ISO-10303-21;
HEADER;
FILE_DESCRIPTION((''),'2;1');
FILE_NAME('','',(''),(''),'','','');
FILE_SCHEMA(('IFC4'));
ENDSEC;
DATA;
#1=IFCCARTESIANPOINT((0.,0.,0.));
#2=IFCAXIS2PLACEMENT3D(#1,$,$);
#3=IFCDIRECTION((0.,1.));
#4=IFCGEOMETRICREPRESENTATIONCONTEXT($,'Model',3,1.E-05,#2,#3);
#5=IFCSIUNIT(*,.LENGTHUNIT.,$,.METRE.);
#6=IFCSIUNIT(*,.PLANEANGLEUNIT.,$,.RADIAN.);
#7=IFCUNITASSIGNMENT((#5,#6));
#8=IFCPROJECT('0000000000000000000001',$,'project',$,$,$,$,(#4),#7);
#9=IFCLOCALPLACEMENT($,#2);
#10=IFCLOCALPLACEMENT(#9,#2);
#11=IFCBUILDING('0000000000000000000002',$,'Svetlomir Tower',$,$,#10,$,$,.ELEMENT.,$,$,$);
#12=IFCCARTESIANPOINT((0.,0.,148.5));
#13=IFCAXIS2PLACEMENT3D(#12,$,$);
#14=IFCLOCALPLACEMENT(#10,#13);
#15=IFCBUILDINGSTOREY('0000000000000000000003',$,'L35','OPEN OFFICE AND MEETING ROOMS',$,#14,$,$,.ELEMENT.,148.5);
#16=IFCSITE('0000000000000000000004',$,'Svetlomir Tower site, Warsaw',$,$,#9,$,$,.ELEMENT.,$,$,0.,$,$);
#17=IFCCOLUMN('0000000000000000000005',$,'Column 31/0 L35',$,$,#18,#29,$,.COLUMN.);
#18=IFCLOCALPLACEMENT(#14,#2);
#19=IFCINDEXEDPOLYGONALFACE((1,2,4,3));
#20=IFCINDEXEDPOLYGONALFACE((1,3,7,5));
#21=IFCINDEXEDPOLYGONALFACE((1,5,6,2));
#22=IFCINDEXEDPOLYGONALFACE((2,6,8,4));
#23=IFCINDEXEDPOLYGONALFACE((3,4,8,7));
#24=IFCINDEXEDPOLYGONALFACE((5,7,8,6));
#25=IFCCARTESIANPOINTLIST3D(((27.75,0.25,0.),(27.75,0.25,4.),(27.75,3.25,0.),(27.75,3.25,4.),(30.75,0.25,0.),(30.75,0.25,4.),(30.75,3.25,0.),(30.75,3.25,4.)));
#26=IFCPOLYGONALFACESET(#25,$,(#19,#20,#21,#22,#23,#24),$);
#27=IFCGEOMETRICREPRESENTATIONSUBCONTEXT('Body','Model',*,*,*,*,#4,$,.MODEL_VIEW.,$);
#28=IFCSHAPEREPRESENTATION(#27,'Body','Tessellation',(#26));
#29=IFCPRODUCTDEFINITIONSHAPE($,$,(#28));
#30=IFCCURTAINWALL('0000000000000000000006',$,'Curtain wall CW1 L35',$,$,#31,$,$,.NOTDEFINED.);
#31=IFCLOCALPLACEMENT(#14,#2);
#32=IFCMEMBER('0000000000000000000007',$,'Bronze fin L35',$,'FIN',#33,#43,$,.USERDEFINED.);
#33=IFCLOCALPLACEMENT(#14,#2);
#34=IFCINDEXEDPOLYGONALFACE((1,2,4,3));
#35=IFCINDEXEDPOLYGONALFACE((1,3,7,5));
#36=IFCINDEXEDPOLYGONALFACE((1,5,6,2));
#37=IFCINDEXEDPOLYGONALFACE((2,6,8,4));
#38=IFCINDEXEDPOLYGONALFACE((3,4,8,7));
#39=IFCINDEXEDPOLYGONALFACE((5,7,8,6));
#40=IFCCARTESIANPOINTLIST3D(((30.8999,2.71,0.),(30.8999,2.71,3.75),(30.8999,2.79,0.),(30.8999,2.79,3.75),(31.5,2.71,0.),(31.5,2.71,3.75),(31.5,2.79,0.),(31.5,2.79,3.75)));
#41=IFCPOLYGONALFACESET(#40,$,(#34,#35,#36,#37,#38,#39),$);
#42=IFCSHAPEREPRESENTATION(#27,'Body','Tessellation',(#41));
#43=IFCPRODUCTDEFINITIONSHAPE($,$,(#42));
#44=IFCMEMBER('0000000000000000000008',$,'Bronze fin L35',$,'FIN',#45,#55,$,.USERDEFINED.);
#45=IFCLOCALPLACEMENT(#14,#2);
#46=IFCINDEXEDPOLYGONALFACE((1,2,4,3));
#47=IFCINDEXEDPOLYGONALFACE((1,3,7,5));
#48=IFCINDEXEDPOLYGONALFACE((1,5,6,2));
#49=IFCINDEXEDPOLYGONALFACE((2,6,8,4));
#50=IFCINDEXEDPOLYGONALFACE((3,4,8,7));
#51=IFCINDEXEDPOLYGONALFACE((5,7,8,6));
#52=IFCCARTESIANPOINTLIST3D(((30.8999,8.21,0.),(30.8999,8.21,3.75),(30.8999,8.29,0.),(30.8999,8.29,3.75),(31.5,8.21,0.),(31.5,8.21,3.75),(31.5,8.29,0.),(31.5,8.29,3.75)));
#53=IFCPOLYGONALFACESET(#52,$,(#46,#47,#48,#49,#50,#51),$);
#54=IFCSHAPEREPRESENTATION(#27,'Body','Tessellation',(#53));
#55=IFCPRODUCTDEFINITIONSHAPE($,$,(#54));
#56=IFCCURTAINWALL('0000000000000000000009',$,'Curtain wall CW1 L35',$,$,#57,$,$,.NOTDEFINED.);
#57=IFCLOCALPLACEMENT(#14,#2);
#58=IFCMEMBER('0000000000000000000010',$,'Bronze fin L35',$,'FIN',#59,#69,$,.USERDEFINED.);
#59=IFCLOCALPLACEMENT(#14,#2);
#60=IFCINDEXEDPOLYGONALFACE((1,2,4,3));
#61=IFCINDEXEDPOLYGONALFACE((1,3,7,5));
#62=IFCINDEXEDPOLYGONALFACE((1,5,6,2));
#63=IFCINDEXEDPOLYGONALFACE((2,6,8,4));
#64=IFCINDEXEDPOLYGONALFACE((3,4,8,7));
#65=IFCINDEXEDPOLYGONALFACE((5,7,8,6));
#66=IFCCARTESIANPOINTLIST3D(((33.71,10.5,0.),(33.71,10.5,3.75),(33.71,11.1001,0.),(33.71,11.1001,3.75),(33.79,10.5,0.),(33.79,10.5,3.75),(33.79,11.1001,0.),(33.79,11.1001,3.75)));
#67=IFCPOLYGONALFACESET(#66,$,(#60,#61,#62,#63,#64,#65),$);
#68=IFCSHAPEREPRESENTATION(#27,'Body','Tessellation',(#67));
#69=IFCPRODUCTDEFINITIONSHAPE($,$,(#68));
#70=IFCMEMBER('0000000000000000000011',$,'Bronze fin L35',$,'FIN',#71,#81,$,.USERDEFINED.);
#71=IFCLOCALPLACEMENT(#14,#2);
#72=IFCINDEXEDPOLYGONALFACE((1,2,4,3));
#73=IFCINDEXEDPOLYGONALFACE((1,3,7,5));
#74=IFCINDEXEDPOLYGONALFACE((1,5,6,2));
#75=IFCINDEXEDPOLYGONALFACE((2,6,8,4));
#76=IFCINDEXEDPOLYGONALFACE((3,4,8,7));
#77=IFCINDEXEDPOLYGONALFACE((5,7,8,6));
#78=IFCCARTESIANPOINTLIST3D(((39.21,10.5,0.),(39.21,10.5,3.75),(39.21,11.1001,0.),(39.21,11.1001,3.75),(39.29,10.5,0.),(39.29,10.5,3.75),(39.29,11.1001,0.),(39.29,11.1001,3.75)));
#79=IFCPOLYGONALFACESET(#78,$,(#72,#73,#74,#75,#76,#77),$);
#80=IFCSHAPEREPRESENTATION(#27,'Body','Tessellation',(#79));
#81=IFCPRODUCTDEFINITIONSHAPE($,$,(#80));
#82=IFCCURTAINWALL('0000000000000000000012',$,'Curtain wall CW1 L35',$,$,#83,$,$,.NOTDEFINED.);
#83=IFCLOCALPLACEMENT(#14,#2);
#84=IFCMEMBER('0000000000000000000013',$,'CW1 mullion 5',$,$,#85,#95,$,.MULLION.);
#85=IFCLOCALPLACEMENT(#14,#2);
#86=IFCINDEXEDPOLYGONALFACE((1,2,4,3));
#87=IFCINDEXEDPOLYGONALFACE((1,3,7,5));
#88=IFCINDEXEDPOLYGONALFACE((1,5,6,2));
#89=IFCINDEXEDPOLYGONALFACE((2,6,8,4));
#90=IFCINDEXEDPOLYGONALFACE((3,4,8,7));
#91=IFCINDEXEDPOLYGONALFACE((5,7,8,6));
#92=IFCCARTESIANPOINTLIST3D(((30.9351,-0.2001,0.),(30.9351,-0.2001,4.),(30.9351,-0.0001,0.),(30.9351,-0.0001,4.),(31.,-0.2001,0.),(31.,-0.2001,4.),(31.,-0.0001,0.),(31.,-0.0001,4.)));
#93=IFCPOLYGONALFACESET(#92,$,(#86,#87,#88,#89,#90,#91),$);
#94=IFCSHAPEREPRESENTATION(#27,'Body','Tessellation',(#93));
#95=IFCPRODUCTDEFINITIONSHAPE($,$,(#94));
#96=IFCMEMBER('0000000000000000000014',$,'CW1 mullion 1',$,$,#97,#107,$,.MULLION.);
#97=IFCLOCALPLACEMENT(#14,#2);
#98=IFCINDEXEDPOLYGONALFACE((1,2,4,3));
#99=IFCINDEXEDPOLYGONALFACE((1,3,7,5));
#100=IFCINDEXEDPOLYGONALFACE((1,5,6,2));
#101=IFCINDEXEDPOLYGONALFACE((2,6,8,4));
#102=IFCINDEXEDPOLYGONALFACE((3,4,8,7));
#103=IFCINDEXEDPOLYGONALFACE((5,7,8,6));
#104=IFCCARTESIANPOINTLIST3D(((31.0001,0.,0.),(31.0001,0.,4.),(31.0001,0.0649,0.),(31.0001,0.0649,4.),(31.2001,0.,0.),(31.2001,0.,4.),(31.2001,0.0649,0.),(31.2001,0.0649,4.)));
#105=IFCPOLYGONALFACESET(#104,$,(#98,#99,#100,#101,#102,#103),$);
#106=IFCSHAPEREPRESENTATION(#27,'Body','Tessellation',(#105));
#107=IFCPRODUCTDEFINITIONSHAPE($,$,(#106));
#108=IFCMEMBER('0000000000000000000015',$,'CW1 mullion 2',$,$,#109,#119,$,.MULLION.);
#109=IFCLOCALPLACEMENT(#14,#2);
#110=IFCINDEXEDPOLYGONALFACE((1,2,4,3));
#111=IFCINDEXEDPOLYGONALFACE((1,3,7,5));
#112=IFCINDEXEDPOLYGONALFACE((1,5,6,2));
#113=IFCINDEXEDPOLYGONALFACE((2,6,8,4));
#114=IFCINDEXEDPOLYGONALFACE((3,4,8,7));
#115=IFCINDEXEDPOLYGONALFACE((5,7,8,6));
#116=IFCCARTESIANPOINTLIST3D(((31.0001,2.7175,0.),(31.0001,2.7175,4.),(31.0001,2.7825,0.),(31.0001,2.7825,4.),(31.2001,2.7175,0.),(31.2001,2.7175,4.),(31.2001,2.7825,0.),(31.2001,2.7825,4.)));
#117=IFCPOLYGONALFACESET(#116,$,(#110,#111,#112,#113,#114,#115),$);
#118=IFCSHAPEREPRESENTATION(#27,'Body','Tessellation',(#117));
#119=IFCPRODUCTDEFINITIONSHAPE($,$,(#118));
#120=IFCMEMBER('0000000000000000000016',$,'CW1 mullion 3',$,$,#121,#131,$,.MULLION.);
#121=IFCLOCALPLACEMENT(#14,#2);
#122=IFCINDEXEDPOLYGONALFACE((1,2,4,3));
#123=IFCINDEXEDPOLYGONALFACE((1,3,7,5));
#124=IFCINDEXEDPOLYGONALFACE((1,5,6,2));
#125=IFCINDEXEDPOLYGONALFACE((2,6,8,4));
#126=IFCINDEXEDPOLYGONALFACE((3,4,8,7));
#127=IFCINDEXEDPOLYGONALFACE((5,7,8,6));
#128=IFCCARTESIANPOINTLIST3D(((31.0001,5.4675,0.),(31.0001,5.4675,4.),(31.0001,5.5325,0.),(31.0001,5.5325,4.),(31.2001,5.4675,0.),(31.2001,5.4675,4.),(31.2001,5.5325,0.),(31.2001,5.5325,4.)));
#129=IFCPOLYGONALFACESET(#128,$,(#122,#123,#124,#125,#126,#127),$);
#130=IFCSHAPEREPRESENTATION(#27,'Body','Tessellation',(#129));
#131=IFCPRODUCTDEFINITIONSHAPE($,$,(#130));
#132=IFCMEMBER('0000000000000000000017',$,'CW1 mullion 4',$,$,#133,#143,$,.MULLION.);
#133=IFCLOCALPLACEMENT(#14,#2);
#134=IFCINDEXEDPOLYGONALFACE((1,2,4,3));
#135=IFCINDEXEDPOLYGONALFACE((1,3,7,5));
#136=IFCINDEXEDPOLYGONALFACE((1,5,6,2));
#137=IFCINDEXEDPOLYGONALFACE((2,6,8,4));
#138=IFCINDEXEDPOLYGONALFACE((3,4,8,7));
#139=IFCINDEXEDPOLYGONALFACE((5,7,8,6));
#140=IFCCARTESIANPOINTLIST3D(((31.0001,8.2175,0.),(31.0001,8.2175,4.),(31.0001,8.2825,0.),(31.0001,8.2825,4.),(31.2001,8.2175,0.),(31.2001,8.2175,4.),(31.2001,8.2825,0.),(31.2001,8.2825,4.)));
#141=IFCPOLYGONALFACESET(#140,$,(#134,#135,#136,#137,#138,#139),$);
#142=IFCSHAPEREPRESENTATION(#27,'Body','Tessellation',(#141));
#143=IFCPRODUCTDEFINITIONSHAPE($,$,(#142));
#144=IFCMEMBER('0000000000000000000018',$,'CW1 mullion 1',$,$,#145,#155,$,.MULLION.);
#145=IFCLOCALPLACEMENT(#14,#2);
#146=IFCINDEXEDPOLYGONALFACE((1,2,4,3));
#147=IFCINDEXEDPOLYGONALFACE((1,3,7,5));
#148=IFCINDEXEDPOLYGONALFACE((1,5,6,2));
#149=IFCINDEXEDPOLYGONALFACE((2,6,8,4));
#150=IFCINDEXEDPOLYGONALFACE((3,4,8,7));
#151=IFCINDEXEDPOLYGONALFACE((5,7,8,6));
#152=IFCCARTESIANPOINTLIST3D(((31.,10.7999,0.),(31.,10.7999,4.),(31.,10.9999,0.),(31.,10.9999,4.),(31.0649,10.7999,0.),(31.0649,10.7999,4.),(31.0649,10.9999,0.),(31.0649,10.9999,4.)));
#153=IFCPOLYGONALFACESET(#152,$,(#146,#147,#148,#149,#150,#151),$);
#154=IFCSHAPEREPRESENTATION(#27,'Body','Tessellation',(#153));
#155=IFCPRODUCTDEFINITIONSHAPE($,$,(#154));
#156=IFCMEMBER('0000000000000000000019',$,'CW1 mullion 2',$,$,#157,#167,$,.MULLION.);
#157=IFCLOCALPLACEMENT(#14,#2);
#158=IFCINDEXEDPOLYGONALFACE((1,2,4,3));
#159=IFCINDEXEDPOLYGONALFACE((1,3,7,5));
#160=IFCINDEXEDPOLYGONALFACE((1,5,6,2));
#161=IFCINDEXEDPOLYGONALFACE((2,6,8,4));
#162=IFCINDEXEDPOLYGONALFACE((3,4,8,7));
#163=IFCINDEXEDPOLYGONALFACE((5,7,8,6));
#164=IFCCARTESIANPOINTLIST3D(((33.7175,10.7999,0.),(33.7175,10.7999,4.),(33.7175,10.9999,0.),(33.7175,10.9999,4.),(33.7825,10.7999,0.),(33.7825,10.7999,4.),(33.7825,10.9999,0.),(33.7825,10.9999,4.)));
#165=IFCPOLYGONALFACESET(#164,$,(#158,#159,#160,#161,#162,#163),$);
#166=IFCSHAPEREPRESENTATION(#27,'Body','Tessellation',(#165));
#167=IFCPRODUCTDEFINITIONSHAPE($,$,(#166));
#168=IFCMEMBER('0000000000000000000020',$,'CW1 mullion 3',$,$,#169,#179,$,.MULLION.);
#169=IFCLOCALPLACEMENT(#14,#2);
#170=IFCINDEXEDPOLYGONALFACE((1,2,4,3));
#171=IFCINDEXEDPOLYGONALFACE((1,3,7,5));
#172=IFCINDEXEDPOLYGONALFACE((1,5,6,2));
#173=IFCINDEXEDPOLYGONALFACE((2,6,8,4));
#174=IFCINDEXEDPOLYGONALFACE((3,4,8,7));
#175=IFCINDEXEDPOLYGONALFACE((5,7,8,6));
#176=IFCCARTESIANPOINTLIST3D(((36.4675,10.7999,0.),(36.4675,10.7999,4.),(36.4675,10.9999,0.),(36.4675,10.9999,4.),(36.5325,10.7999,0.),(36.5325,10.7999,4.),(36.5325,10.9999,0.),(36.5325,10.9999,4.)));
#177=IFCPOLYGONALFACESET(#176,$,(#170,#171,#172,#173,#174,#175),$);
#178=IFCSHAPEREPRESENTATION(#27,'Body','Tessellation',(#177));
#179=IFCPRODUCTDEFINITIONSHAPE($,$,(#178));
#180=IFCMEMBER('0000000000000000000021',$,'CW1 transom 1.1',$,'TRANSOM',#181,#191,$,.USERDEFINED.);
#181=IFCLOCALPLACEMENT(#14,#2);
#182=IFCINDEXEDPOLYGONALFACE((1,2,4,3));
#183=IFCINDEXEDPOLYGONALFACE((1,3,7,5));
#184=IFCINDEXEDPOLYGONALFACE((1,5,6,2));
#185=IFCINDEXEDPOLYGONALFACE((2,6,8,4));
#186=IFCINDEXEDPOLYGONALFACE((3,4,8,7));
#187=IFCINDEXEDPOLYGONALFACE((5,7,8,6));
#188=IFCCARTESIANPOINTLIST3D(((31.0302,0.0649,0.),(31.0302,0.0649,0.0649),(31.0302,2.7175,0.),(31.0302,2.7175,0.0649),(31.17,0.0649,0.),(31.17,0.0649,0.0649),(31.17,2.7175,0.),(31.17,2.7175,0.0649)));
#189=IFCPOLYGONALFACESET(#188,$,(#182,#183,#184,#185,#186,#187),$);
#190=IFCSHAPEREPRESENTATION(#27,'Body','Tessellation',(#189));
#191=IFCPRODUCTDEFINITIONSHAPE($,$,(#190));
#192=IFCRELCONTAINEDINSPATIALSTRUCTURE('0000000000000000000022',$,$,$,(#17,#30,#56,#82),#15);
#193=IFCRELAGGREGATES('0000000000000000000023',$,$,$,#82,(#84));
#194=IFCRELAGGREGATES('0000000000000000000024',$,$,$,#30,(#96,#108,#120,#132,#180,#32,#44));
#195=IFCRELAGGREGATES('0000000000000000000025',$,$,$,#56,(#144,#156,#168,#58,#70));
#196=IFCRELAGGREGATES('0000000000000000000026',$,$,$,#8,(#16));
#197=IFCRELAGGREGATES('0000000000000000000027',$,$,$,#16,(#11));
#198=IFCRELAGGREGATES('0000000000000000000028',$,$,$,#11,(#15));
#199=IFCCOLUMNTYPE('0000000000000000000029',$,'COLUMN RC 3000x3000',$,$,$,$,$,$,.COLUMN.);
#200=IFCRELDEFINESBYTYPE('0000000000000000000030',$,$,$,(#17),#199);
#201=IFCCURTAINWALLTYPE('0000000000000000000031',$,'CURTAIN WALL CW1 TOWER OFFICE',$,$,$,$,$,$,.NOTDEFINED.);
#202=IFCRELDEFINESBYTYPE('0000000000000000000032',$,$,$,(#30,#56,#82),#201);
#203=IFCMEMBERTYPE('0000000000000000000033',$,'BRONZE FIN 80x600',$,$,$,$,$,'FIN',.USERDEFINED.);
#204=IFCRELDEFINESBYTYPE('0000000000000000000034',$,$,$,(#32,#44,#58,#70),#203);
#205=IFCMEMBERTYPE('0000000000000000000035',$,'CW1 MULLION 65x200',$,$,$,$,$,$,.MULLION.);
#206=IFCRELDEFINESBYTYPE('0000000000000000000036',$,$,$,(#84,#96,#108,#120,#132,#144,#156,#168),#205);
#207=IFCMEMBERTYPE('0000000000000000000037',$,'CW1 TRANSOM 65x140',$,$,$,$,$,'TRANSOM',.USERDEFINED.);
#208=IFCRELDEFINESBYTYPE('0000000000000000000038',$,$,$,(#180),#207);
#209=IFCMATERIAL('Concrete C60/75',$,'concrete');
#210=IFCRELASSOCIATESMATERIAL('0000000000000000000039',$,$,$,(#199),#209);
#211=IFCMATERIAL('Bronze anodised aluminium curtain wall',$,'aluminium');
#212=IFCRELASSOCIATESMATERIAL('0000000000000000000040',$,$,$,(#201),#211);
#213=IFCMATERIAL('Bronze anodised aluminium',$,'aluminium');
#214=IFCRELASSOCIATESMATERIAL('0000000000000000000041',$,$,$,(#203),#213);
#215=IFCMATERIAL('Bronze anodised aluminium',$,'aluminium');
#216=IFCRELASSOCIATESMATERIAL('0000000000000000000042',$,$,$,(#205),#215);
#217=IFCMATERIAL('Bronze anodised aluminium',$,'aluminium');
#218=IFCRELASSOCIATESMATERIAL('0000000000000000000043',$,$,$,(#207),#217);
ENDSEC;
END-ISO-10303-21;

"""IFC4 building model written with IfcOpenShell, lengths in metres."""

from ifc_helpers import new_model, si_unit, direction, frame, origin, origin_2d, place, context, subcontext, project, spatial, rectangle, extrude, material, material_profile, profile_set, type_object, element, aggregate, save


model = new_model("IFC4")

# Units and contexts
model_context = context("Model", 3, precision=1e-05, world=origin(), true_north=direction((0.0, 1.0)))
body_context = subcontext(model_context, "Body", "Model", "MODEL_VIEW")
ifc_project = project(units=[si_unit("LENGTHUNIT", "METRE"), si_unit("PLANEANGLEUNIT", "RADIAN")], contexts=[model_context])

# Site, building, storey
site_placement = place(None, origin())
site = spatial("IfcSite", under=ifc_project, at=site_placement, Name="Svetlomir Tower site, Warsaw", CompositionType="ELEMENT", RefElevation=0.0)
building_placement = place(site_placement, origin())
building = spatial("IfcBuilding", under=site, at=building_placement, Name="Svetlomir Tower", CompositionType="ELEMENT")
storey_placement = place(building_placement, frame((0.0, 0.0, 148.5)))
storey = spatial("IfcBuildingStorey", under=building, at=storey_placement, Name="L35", Description="OPEN OFFICE AND MEETING ROOMS", CompositionType="ELEMENT", Elevation=148.5)

# Column
ifc_material_1 = material(Name="Concrete C60/75", Category="concrete")
ifc_material_profile_1 = material_profile(ifc_material_1, rectangle(XDim=3.0, YDim=3.0, at=origin_2d()), Name="RC 3000x3000")
ifc_profile_set_1 = profile_set([ifc_material_profile_1], Name="Concrete C60/75")
column_type = type_object("IfcColumnType", Name="COLUMN RC 3000x3000", PredefinedType="COLUMN", material=ifc_profile_set_1)
column_placement = place(storey_placement, frame((29.25, 1.75, 0.0), z_axis=(0.0, 0.0, 1.0), x_axis=(1.0, 0.0, 0.0)))
element("IfcColumn", 1, at=column_placement, inside=storey, type_object=column_type, Name="Column 31/0 L35", PredefinedType="COLUMN", context=body_context, shape_type="SweptSolid", body=[
    extrude(rectangle(XDim=3.0, YDim=3.0, at=origin_2d()), origin(), (0.0, 0.0, 1.0), 4.0),
])

# Curtain walls, members
ifc_material_2 = material(Name="Bronze anodised aluminium curtain wall", Category="aluminium")
curtain_wall_type = type_object("IfcCurtainWallType", Name="CURTAIN WALL CW1 TOWER OFFICE", PredefinedType="NOTDEFINED", material=ifc_material_2)
curtain_wall_1_placement = place(storey_placement, origin())
curtain_wall_1 = element("IfcCurtainWall", 2, at=curtain_wall_1_placement, inside=storey, type_object=curtain_wall_type, Name="Curtain wall CW1 L35", PredefinedType="NOTDEFINED")
ifc_material_3 = material(Name="Bronze anodised aluminium", Category="aluminium")
ifc_material_profile_2 = material_profile(ifc_material_3, rectangle(XDim=0.0801, YDim=0.6001, at=origin_2d()), Name="FIN 80x600")
ifc_profile_set_2 = profile_set([ifc_material_profile_2], Name="Bronze anodised aluminium 6063-T6")
member_type_1 = type_object("IfcMemberType", Name="BRONZE FIN 80x600", ElementType="FIN", PredefinedType="USERDEFINED", material=ifc_profile_set_2)
member_1_placement = place(storey_placement, frame((31.2, 2.75, 0.0), z_axis=(0.0, 0.0, 1.0), x_axis=(0.0, 1.0, 0.0)))
member_1 = element("IfcMember", 3, at=member_1_placement, type_object=member_type_1, Name="Bronze fin L35", ObjectType="FIN", PredefinedType="USERDEFINED", context=body_context, shape_type="SweptSolid", body=[
    extrude(rectangle(XDim=0.0801, YDim=0.6001, at=origin_2d()), origin(), (0.0, 0.0, 1.0), 3.75),
])
member_2_placement = place(storey_placement, frame((31.2, 8.25, 0.0), z_axis=(0.0, 0.0, 1.0), x_axis=(0.0, 1.0, 0.0)))
member_2 = element("IfcMember", 4, at=member_2_placement, type_object=member_type_1, Name="Bronze fin L35", ObjectType="FIN", PredefinedType="USERDEFINED", context=body_context, shape_type="SweptSolid", body=[
    extrude(rectangle(XDim=0.0801, YDim=0.6001, at=origin_2d()), origin(), (0.0, 0.0, 1.0), 3.75),
])
curtain_wall_2_placement = place(storey_placement, origin())
curtain_wall_2 = element("IfcCurtainWall", 5, at=curtain_wall_2_placement, inside=storey, type_object=curtain_wall_type, Name="Curtain wall CW1 L35", PredefinedType="NOTDEFINED")
member_3_placement = place(storey_placement, frame((33.75, 10.8, 0.0), z_axis=(0.0, 0.0, 1.0), x_axis=(1.0, 0.0, 0.0)))
member_3 = element("IfcMember", 6, at=member_3_placement, type_object=member_type_1, Name="Bronze fin L35", ObjectType="FIN", PredefinedType="USERDEFINED", context=body_context, shape_type="SweptSolid", body=[
    extrude(rectangle(XDim=0.0801, YDim=0.6001, at=origin_2d()), origin(), (0.0, 0.0, 1.0), 3.75),
])
member_4_placement = place(storey_placement, frame((39.25, 10.8, 0.0), z_axis=(0.0, 0.0, 1.0), x_axis=(1.0, 0.0, 0.0)))
member_4 = element("IfcMember", 7, at=member_4_placement, type_object=member_type_1, Name="Bronze fin L35", ObjectType="FIN", PredefinedType="USERDEFINED", context=body_context, shape_type="SweptSolid", body=[
    extrude(rectangle(XDim=0.0801, YDim=0.6001, at=origin_2d()), origin(), (0.0, 0.0, 1.0), 3.75),
])

# Curtain wall, member
curtain_wall_3_placement = place(storey_placement, origin())
curtain_wall_3 = element("IfcCurtainWall", 8, at=curtain_wall_3_placement, inside=storey, type_object=curtain_wall_type, Name="Curtain wall CW1 L35", PredefinedType="NOTDEFINED")
ifc_material_4 = material(Name="Bronze anodised aluminium", Category="aluminium")
ifc_material_profile_3 = material_profile(ifc_material_4, rectangle(XDim=0.0649, YDim=0.2, at=origin_2d()), Name="AL 65x200")
ifc_profile_set_3 = profile_set([ifc_material_profile_3], Name="Bronze anodised aluminium 6063-T6")
member_type_2 = type_object("IfcMemberType", Name="CW1 MULLION 65x200", PredefinedType="MULLION", material=ifc_profile_set_3)
member_5_placement = place(storey_placement, frame((30.9675, -0.1001, 0.0), z_axis=(0.0, 0.0, 1.0), x_axis=(1.0, 0.0, 0.0)))
member_5 = element("IfcMember", 9, at=member_5_placement, type_object=member_type_2, Name="CW1 mullion 5", PredefinedType="MULLION", context=body_context, shape_type="SweptSolid", body=[
    extrude(rectangle(XDim=0.0649, YDim=0.2, at=origin_2d()), origin(), (0.0, 0.0, 1.0), 4.0),
])

# Members
member_6_placement = place(storey_placement, frame((31.1001, 0.0325, 0.0), z_axis=(0.0, 0.0, 1.0), x_axis=(0.0, 1.0, 0.0)))
member_6 = element("IfcMember", 10, at=member_6_placement, type_object=member_type_2, Name="CW1 mullion 1", PredefinedType="MULLION", context=body_context, shape_type="SweptSolid", body=[
    extrude(rectangle(XDim=0.0649, YDim=0.2, at=origin_2d()), origin(), (0.0, 0.0, 1.0), 4.0),
])
member_7_placement = place(storey_placement, frame((31.1001, 2.75, 0.0), z_axis=(0.0, 0.0, 1.0), x_axis=(0.0, 1.0, 0.0)))
member_7 = element("IfcMember", 11, at=member_7_placement, type_object=member_type_2, Name="CW1 mullion 2", PredefinedType="MULLION", context=body_context, shape_type="SweptSolid", body=[
    extrude(rectangle(XDim=0.0649, YDim=0.2, at=origin_2d()), origin(), (0.0, 0.0, 1.0), 4.0),
])
member_8_placement = place(storey_placement, frame((31.1001, 5.5, 0.0), z_axis=(0.0, 0.0, 1.0), x_axis=(0.0, 1.0, 0.0)))
member_8 = element("IfcMember", 12, at=member_8_placement, type_object=member_type_2, Name="CW1 mullion 3", PredefinedType="MULLION", context=body_context, shape_type="SweptSolid", body=[
    extrude(rectangle(XDim=0.0649, YDim=0.2, at=origin_2d()), origin(), (0.0, 0.0, 1.0), 4.0),
])
member_9_placement = place(storey_placement, frame((31.1001, 8.25, 0.0), z_axis=(0.0, 0.0, 1.0), x_axis=(0.0, 1.0, 0.0)))
member_9 = element("IfcMember", 13, at=member_9_placement, type_object=member_type_2, Name="CW1 mullion 4", PredefinedType="MULLION", context=body_context, shape_type="SweptSolid", body=[
    extrude(rectangle(XDim=0.0649, YDim=0.2, at=origin_2d()), origin(), (0.0, 0.0, 1.0), 4.0),
])
member_10_placement = place(storey_placement, frame((31.0325, 10.8999, 0.0), z_axis=(0.0, 0.0, 1.0), x_axis=(1.0, 0.0, 0.0)))
member_10 = element("IfcMember", 14, at=member_10_placement, type_object=member_type_2, Name="CW1 mullion 1", PredefinedType="MULLION", context=body_context, shape_type="SweptSolid", body=[
    extrude(rectangle(XDim=0.0649, YDim=0.2, at=origin_2d()), origin(), (0.0, 0.0, 1.0), 4.0),
])
member_11_placement = place(storey_placement, frame((33.75, 10.8999, 0.0), z_axis=(0.0, 0.0, 1.0), x_axis=(1.0, 0.0, 0.0)))
member_11 = element("IfcMember", 15, at=member_11_placement, type_object=member_type_2, Name="CW1 mullion 2", PredefinedType="MULLION", context=body_context, shape_type="SweptSolid", body=[
    extrude(rectangle(XDim=0.0649, YDim=0.2, at=origin_2d()), origin(), (0.0, 0.0, 1.0), 4.0),
])
member_12_placement = place(storey_placement, frame((36.5, 10.8999, 0.0), z_axis=(0.0, 0.0, 1.0), x_axis=(1.0, 0.0, 0.0)))
member_12 = element("IfcMember", 16, at=member_12_placement, type_object=member_type_2, Name="CW1 mullion 3", PredefinedType="MULLION", context=body_context, shape_type="SweptSolid", body=[
    extrude(rectangle(XDim=0.0649, YDim=0.2, at=origin_2d()), origin(), (0.0, 0.0, 1.0), 4.0),
])
ifc_material_5 = material(Name="Bronze anodised aluminium", Category="aluminium")
ifc_material_profile_4 = material_profile(ifc_material_5, rectangle(XDim=0.1399, YDim=0.0649, at=origin_2d()), Name="AL 140x65")
ifc_profile_set_4 = profile_set([ifc_material_profile_4], Name="Bronze anodised aluminium 6063-T6")
member_type_3 = type_object("IfcMemberType", Name="CW1 TRANSOM 65x140", ElementType="TRANSOM", PredefinedType="USERDEFINED", material=ifc_profile_set_4)
member_13_placement = place(storey_placement, frame((31.1001, 0.0649, 0.0325), z_axis=(0.0, 1.0, 0.0), x_axis=(-1.0, 0.0, 0.0)))
member_13 = element("IfcMember", 17, at=member_13_placement, type_object=member_type_3, Name="CW1 transom 1.1", ObjectType="TRANSOM", PredefinedType="USERDEFINED", context=body_context, shape_type="SweptSolid", body=[
    extrude(rectangle(XDim=0.1399, YDim=0.0649, at=origin_2d()), origin(), (0.0, 0.0, 1.0), 2.6526),
])

aggregate(curtain_wall_3, [member_5])
aggregate(curtain_wall_1, [member_6, member_7, member_8, member_9, member_13, member_1, member_2])
aggregate(curtain_wall_2, [member_10, member_11, member_12, member_3, member_4])

save(model, "model.ifc")
